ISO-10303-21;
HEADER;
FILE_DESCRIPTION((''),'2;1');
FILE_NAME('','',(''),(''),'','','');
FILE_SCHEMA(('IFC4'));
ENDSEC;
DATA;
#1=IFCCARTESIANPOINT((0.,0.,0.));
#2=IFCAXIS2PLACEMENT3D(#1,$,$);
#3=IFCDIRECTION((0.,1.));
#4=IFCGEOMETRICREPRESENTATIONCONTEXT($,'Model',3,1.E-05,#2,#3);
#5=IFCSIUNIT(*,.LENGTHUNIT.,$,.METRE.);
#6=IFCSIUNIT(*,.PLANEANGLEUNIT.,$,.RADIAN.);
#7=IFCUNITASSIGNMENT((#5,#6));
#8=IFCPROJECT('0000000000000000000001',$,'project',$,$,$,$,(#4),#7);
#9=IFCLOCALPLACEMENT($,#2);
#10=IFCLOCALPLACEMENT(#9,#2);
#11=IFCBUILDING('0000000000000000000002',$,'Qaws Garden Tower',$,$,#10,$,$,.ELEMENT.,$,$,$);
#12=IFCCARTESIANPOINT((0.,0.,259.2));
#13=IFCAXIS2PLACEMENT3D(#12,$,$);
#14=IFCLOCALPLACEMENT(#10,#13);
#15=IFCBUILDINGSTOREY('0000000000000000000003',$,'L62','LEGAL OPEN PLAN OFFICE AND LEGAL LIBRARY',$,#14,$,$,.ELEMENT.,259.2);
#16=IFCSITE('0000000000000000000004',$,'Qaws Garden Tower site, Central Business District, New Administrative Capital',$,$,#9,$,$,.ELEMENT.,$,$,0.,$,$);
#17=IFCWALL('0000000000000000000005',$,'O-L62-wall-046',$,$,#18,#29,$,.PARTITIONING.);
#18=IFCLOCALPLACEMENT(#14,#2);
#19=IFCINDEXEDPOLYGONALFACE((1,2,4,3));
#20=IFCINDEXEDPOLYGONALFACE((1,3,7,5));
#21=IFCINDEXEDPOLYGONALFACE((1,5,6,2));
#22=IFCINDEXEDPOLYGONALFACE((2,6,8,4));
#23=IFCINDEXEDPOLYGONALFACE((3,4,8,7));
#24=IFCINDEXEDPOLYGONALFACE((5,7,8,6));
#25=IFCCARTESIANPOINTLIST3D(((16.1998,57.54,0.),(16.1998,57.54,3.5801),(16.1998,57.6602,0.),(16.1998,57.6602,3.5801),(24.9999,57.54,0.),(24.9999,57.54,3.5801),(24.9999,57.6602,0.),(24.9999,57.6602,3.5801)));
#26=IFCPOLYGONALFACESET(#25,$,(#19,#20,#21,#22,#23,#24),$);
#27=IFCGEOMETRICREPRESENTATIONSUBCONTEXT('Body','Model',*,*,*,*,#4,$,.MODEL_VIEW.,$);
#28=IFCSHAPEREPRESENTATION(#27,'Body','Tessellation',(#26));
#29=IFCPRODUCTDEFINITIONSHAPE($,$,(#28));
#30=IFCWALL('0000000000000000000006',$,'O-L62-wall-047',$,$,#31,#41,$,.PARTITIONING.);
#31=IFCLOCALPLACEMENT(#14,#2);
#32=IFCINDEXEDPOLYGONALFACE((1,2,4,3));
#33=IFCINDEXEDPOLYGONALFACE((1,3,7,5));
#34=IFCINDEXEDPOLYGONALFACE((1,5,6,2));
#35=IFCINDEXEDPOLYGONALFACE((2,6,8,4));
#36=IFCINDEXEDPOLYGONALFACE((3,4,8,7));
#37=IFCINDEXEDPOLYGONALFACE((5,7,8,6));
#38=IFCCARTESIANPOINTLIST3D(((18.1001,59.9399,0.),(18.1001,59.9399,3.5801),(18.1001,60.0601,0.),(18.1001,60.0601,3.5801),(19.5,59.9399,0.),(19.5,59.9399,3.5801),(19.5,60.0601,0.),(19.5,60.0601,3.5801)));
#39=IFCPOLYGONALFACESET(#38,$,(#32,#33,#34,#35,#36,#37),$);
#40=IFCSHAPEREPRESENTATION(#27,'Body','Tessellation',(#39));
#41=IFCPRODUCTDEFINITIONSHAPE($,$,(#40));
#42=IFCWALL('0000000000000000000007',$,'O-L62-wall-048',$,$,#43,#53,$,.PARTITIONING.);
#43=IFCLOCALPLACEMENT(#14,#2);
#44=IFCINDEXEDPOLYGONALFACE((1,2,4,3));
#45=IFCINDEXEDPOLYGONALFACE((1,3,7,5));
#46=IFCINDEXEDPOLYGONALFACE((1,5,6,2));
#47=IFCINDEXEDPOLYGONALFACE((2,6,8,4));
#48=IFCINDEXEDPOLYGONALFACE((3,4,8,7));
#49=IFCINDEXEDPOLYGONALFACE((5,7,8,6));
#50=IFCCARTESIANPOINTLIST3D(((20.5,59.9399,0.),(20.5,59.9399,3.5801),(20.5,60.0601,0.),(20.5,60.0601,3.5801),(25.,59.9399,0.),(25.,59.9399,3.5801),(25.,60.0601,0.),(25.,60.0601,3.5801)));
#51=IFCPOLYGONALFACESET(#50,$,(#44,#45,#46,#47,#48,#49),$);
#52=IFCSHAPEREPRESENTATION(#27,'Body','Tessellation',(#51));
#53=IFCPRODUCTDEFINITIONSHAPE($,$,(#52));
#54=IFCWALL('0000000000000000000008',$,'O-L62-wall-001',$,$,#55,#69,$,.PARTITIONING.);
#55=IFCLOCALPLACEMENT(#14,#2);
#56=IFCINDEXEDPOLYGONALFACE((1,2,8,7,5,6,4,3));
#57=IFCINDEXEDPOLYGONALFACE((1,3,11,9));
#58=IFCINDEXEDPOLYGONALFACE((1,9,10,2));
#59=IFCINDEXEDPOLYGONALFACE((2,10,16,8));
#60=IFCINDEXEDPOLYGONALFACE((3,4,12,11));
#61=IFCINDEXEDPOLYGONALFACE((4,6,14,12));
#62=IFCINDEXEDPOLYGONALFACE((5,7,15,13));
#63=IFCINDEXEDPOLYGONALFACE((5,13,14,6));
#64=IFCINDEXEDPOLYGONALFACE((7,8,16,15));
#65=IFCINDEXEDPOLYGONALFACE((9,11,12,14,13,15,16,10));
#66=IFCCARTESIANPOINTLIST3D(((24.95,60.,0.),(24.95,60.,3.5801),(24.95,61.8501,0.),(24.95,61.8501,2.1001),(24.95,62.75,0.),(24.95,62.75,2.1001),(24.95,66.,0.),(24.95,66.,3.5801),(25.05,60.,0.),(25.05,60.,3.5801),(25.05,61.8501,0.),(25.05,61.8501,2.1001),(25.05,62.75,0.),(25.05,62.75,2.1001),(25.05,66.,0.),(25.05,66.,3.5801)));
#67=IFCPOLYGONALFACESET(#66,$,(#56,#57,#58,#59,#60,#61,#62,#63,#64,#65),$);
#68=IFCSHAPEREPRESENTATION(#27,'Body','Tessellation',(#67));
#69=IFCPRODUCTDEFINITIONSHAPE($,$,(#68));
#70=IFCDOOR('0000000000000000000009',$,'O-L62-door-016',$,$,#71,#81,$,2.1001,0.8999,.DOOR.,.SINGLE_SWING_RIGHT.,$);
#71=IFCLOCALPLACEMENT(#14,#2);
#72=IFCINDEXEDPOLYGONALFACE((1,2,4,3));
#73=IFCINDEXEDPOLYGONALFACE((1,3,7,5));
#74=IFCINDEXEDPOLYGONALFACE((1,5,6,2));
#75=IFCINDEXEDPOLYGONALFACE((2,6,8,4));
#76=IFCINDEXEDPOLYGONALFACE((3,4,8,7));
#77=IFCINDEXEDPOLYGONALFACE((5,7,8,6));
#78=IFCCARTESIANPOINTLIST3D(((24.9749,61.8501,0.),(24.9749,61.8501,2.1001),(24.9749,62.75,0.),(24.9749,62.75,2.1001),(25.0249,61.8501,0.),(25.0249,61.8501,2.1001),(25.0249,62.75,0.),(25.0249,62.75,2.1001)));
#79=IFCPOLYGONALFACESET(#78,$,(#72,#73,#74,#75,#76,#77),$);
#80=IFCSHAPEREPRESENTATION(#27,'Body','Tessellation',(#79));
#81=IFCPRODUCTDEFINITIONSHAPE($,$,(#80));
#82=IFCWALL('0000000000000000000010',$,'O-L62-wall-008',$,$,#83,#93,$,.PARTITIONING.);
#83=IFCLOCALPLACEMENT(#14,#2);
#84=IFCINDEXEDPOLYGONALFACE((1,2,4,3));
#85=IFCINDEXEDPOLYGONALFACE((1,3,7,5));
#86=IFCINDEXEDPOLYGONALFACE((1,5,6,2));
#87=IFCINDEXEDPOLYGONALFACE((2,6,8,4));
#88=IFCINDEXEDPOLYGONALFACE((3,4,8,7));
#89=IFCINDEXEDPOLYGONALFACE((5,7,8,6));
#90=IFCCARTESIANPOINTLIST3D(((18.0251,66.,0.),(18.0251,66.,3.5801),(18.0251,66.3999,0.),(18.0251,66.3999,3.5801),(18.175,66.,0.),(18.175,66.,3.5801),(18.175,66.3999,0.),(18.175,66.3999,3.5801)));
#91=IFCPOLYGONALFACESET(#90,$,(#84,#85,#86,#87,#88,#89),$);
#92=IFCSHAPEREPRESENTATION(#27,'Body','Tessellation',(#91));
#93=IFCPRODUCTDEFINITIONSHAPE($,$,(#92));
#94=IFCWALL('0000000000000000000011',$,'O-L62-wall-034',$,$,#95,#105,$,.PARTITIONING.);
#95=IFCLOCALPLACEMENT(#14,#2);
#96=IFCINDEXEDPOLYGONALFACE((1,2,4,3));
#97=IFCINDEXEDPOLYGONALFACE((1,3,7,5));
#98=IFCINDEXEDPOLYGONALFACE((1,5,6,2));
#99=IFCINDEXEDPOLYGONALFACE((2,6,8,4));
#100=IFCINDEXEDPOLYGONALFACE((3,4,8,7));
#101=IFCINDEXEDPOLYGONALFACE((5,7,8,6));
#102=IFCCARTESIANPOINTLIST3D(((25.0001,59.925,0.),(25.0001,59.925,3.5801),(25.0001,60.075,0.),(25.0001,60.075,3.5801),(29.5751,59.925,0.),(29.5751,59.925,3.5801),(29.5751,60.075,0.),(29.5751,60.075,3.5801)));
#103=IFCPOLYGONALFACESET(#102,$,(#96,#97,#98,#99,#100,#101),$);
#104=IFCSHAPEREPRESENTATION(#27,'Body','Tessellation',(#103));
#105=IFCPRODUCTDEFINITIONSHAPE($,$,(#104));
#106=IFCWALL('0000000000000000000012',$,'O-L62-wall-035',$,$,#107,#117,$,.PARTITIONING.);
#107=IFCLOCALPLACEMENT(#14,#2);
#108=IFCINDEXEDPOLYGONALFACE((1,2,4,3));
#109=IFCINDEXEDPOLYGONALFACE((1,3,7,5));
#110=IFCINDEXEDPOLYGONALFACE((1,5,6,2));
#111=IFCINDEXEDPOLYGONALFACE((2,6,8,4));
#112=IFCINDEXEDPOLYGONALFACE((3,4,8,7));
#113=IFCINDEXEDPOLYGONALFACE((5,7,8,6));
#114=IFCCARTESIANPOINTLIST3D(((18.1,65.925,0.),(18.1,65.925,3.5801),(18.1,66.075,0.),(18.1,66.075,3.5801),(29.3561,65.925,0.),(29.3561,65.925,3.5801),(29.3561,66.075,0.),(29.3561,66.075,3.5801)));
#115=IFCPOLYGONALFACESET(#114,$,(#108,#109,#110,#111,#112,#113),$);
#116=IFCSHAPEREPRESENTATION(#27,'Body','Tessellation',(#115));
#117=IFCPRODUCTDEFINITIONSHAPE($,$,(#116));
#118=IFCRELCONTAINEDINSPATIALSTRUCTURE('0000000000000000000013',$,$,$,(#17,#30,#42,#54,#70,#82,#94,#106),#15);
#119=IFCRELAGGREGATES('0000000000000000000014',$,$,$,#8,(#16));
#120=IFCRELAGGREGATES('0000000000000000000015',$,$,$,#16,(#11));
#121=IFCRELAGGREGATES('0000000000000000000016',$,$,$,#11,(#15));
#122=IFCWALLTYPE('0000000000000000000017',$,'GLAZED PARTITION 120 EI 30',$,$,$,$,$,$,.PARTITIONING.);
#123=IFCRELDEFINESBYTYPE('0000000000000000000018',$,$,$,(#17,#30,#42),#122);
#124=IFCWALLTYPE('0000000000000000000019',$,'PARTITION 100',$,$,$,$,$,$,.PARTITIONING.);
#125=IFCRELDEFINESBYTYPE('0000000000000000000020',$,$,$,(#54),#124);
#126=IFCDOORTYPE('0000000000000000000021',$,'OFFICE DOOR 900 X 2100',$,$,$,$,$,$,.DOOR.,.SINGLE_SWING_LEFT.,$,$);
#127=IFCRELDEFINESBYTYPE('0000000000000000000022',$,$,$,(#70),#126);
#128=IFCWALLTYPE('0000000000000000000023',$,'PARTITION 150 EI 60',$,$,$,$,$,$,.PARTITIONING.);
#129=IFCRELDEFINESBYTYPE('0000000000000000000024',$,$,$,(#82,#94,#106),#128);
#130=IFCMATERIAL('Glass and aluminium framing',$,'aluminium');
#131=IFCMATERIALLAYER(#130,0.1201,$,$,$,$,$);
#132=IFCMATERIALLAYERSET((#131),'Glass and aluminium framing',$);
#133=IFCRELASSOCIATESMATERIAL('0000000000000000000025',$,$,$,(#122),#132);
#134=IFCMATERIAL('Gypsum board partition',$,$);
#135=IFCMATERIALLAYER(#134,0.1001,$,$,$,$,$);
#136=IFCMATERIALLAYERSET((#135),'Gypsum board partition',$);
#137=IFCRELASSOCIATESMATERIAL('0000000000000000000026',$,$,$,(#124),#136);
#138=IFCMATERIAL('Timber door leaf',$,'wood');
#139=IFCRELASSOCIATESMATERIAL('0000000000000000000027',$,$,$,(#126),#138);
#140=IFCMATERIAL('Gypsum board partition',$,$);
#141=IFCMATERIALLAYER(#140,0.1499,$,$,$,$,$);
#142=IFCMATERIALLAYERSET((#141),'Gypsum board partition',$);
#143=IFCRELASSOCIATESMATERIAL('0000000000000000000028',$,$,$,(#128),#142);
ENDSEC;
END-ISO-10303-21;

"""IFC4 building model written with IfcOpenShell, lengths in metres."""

from ifc_helpers import new_model, si_unit, direction, frame, frame_2d, origin, place, context, subcontext, project, spatial, rectangle, extrude, material, layer, layer_set, type_object, element, fill, save


model = new_model("IFC4")

# Units and contexts
model_context = context("Model", 3, precision=1e-05, world=origin(), true_north=direction((0.0, 1.0)))
body_context = subcontext(model_context, "Body", "Model", "MODEL_VIEW")
ifc_project = project(units=[si_unit("LENGTHUNIT", "METRE"), si_unit("PLANEANGLEUNIT", "RADIAN")], contexts=[model_context])

# Site, building, storey
site_placement = place(None, origin())
site = spatial("IfcSite", under=ifc_project, at=site_placement, Name="Qaws Garden Tower site, Central Business District, New Administrative Capital", CompositionType="ELEMENT", RefElevation=0.0)
building_placement = place(site_placement, origin())
building = spatial("IfcBuilding", under=site, at=building_placement, Name="Qaws Garden Tower", CompositionType="ELEMENT")
storey_placement = place(building_placement, frame((0.0, 0.0, 259.2)))
storey = spatial("IfcBuildingStorey", under=building, at=storey_placement, Name="L62", Description="LEGAL OPEN PLAN OFFICE AND LEGAL LIBRARY", CompositionType="ELEMENT", Elevation=259.2)

# Shared definitions
ifc_material_1 = material(Name="Glass and aluminium framing", Category="aluminium")
ifc_layer_1 = layer(ifc_material_1, 0.1201)
ifc_layer_set_1 = layer_set([ifc_layer_1], Name="Glass and aluminium framing")
wall_type_1 = type_object("IfcWallType", Name="GLAZED PARTITION 120 EI 30", PredefinedType="PARTITIONING", material=ifc_layer_set_1)

# Walls
wall_1_placement = place(storey_placement, frame((16.2, 57.6001, 0.0), z_axis=(0.0, 0.0, 1.0), x_axis=(1.0, 0.0, 0.0)))
element("IfcWall", 1, at=wall_1_placement, inside=storey, type_object=wall_type_1, Name="O-L62-wall-046", PredefinedType="PARTITIONING", context=body_context, shape_type="SweptSolid", body=[
    extrude(rectangle(XDim=8.8, YDim=0.1201, at=frame_2d((4.3999, 0.0))), origin(), (0.0, 0.0, 1.0), 3.5801),
])
wall_2_placement = place(storey_placement, frame((18.1001, 60.0, 0.0), z_axis=(0.0, 0.0, 1.0), x_axis=(1.0, 0.0, 0.0)))
element("IfcWall", 2, at=wall_2_placement, inside=storey, type_object=wall_type_1, Name="O-L62-wall-047", PredefinedType="PARTITIONING", context=body_context, shape_type="SweptSolid", body=[
    extrude(rectangle(XDim=1.3999, YDim=0.1201, at=frame_2d((0.7, 0.0))), origin(), (0.0, 0.0, 1.0), 3.5801),
])
wall_3_placement = place(storey_placement, frame((20.5, 60.0, 0.0), z_axis=(0.0, 0.0, 1.0), x_axis=(1.0, 0.0, 0.0)))
element("IfcWall", 3, at=wall_3_placement, inside=storey, type_object=wall_type_1, Name="O-L62-wall-048", PredefinedType="PARTITIONING", context=body_context, shape_type="SweptSolid", body=[
    extrude(rectangle(XDim=4.5, YDim=0.1201, at=frame_2d((2.25, 0.0))), origin(), (0.0, 0.0, 1.0), 3.5801),
])

# Wall, opening, door
ifc_material_2 = material(Name="Gypsum board partition")
ifc_layer_2 = layer(ifc_material_2, 0.1001)
ifc_layer_set_2 = layer_set([ifc_layer_2], Name="Gypsum board partition")
wall_type_2 = type_object("IfcWallType", Name="PARTITION 100", PredefinedType="PARTITIONING", material=ifc_layer_set_2)
wall_4_placement = place(storey_placement, frame((25.0, 60.0, 0.0), z_axis=(0.0, 0.0, 1.0), x_axis=(0.0, 1.0, 0.0)))
wall_4 = element("IfcWall", 4, at=wall_4_placement, inside=storey, type_object=wall_type_2, Name="O-L62-wall-001", PredefinedType="PARTITIONING", context=body_context, shape_type="SweptSolid", body=[
    extrude(rectangle(XDim=6.0, YDim=0.1001, at=frame_2d((3.0, 0.0))), origin(), (0.0, 0.0, 1.0), 3.5801),
])
opening_1_placement = place(wall_4_placement, frame((1.8501, 0.0, 0.0)))
opening_1 = element("IfcOpeningElement", 5, at=opening_1_placement, cuts=wall_4, PredefinedType="OPENING", context=body_context, shape_type="SweptSolid", body=[
    extrude(rectangle(XDim=0.8999, YDim=2.1001, at=frame_2d((0.45, 1.05))), frame((0.0, 0.0601, 0.0), z_axis=(0.0, -1.0, 0.0), x_axis=(1.0, 0.0, 0.0)), (0.0, 0.0, 1.0), 0.1201),
])
ifc_material_3 = material(Name="Timber door leaf", Category="wood")
door_type_1 = type_object("IfcDoorType", Name="OFFICE DOOR 900 X 2100", OperationType="SINGLE_SWING_LEFT", PredefinedType="DOOR", material=ifc_material_3)
door_1_placement = place(opening_1_placement, frame((0.8999, 0.0, 0.0), z_axis=(0.0, 0.0, 1.0), x_axis=(-1.0, 0.0, 0.0)))
door_1 = element("IfcDoor", 6, at=door_1_placement, inside=storey, type_object=door_type_1, Name="O-L62-door-016", OperationType="SINGLE_SWING_RIGHT", OverallHeight=2.1001, OverallWidth=0.8999, PredefinedType="DOOR", context=body_context, shape_type="SweptSolid", body=[
    extrude(rectangle(XDim=0.8999, YDim=2.1001, at=frame_2d((0.45, 1.05))), frame((0.0, 0.0249, 0.0), z_axis=(0.0, -1.0, 0.0), x_axis=(1.0, 0.0, 0.0)), (0.0, 0.0, 1.0), 0.05),
])
fill(opening_1, door_1)

# Walls
ifc_material_4 = material(Name="Gypsum board partition")
ifc_layer_3 = layer(ifc_material_4, 0.1499)
ifc_layer_set_3 = layer_set([ifc_layer_3], Name="Gypsum board partition")
wall_type_3 = type_object("IfcWallType", Name="PARTITION 150 EI 60", PredefinedType="PARTITIONING", material=ifc_layer_set_3)
wall_5_placement = place(storey_placement, frame((18.1001, 66.0, 0.0), z_axis=(0.0, 0.0, 1.0), x_axis=(0.0, 1.0, 0.0)))
element("IfcWall", 7, at=wall_5_placement, inside=storey, type_object=wall_type_3, Name="O-L62-wall-008", PredefinedType="PARTITIONING", context=body_context, shape_type="SweptSolid", body=[
    extrude(rectangle(XDim=0.3999, YDim=0.1499, at=frame_2d((0.2, 0.0))), origin(), (0.0, 0.0, 1.0), 3.5801),
])
wall_6_placement = place(storey_placement, frame((25.0, 60.0, 0.0), z_axis=(0.0, 0.0, 1.0), x_axis=(1.0, 0.0, 0.0)))
element("IfcWall", 8, at=wall_6_placement, inside=storey, type_object=wall_type_3, Name="O-L62-wall-034", PredefinedType="PARTITIONING", context=body_context, shape_type="SweptSolid", body=[
    extrude(rectangle(XDim=4.575, YDim=0.1499, at=frame_2d((2.2876, 0.0))), origin(), (0.0, 0.0, 1.0), 3.5801),
])
wall_7_placement = place(storey_placement, frame((18.1001, 66.0, 0.0), z_axis=(0.0, 0.0, 1.0), x_axis=(1.0, 0.0, 0.0)))
element("IfcWall", 9, at=wall_7_placement, inside=storey, type_object=wall_type_3, Name="O-L62-wall-035", PredefinedType="PARTITIONING", context=body_context, shape_type="SweptSolid", body=[
    extrude(rectangle(XDim=11.2561, YDim=0.1499, at=frame_2d((5.6279, 0.0))), origin(), (0.0, 0.0, 1.0), 3.5801),
])

save(model, "model.ifc")
